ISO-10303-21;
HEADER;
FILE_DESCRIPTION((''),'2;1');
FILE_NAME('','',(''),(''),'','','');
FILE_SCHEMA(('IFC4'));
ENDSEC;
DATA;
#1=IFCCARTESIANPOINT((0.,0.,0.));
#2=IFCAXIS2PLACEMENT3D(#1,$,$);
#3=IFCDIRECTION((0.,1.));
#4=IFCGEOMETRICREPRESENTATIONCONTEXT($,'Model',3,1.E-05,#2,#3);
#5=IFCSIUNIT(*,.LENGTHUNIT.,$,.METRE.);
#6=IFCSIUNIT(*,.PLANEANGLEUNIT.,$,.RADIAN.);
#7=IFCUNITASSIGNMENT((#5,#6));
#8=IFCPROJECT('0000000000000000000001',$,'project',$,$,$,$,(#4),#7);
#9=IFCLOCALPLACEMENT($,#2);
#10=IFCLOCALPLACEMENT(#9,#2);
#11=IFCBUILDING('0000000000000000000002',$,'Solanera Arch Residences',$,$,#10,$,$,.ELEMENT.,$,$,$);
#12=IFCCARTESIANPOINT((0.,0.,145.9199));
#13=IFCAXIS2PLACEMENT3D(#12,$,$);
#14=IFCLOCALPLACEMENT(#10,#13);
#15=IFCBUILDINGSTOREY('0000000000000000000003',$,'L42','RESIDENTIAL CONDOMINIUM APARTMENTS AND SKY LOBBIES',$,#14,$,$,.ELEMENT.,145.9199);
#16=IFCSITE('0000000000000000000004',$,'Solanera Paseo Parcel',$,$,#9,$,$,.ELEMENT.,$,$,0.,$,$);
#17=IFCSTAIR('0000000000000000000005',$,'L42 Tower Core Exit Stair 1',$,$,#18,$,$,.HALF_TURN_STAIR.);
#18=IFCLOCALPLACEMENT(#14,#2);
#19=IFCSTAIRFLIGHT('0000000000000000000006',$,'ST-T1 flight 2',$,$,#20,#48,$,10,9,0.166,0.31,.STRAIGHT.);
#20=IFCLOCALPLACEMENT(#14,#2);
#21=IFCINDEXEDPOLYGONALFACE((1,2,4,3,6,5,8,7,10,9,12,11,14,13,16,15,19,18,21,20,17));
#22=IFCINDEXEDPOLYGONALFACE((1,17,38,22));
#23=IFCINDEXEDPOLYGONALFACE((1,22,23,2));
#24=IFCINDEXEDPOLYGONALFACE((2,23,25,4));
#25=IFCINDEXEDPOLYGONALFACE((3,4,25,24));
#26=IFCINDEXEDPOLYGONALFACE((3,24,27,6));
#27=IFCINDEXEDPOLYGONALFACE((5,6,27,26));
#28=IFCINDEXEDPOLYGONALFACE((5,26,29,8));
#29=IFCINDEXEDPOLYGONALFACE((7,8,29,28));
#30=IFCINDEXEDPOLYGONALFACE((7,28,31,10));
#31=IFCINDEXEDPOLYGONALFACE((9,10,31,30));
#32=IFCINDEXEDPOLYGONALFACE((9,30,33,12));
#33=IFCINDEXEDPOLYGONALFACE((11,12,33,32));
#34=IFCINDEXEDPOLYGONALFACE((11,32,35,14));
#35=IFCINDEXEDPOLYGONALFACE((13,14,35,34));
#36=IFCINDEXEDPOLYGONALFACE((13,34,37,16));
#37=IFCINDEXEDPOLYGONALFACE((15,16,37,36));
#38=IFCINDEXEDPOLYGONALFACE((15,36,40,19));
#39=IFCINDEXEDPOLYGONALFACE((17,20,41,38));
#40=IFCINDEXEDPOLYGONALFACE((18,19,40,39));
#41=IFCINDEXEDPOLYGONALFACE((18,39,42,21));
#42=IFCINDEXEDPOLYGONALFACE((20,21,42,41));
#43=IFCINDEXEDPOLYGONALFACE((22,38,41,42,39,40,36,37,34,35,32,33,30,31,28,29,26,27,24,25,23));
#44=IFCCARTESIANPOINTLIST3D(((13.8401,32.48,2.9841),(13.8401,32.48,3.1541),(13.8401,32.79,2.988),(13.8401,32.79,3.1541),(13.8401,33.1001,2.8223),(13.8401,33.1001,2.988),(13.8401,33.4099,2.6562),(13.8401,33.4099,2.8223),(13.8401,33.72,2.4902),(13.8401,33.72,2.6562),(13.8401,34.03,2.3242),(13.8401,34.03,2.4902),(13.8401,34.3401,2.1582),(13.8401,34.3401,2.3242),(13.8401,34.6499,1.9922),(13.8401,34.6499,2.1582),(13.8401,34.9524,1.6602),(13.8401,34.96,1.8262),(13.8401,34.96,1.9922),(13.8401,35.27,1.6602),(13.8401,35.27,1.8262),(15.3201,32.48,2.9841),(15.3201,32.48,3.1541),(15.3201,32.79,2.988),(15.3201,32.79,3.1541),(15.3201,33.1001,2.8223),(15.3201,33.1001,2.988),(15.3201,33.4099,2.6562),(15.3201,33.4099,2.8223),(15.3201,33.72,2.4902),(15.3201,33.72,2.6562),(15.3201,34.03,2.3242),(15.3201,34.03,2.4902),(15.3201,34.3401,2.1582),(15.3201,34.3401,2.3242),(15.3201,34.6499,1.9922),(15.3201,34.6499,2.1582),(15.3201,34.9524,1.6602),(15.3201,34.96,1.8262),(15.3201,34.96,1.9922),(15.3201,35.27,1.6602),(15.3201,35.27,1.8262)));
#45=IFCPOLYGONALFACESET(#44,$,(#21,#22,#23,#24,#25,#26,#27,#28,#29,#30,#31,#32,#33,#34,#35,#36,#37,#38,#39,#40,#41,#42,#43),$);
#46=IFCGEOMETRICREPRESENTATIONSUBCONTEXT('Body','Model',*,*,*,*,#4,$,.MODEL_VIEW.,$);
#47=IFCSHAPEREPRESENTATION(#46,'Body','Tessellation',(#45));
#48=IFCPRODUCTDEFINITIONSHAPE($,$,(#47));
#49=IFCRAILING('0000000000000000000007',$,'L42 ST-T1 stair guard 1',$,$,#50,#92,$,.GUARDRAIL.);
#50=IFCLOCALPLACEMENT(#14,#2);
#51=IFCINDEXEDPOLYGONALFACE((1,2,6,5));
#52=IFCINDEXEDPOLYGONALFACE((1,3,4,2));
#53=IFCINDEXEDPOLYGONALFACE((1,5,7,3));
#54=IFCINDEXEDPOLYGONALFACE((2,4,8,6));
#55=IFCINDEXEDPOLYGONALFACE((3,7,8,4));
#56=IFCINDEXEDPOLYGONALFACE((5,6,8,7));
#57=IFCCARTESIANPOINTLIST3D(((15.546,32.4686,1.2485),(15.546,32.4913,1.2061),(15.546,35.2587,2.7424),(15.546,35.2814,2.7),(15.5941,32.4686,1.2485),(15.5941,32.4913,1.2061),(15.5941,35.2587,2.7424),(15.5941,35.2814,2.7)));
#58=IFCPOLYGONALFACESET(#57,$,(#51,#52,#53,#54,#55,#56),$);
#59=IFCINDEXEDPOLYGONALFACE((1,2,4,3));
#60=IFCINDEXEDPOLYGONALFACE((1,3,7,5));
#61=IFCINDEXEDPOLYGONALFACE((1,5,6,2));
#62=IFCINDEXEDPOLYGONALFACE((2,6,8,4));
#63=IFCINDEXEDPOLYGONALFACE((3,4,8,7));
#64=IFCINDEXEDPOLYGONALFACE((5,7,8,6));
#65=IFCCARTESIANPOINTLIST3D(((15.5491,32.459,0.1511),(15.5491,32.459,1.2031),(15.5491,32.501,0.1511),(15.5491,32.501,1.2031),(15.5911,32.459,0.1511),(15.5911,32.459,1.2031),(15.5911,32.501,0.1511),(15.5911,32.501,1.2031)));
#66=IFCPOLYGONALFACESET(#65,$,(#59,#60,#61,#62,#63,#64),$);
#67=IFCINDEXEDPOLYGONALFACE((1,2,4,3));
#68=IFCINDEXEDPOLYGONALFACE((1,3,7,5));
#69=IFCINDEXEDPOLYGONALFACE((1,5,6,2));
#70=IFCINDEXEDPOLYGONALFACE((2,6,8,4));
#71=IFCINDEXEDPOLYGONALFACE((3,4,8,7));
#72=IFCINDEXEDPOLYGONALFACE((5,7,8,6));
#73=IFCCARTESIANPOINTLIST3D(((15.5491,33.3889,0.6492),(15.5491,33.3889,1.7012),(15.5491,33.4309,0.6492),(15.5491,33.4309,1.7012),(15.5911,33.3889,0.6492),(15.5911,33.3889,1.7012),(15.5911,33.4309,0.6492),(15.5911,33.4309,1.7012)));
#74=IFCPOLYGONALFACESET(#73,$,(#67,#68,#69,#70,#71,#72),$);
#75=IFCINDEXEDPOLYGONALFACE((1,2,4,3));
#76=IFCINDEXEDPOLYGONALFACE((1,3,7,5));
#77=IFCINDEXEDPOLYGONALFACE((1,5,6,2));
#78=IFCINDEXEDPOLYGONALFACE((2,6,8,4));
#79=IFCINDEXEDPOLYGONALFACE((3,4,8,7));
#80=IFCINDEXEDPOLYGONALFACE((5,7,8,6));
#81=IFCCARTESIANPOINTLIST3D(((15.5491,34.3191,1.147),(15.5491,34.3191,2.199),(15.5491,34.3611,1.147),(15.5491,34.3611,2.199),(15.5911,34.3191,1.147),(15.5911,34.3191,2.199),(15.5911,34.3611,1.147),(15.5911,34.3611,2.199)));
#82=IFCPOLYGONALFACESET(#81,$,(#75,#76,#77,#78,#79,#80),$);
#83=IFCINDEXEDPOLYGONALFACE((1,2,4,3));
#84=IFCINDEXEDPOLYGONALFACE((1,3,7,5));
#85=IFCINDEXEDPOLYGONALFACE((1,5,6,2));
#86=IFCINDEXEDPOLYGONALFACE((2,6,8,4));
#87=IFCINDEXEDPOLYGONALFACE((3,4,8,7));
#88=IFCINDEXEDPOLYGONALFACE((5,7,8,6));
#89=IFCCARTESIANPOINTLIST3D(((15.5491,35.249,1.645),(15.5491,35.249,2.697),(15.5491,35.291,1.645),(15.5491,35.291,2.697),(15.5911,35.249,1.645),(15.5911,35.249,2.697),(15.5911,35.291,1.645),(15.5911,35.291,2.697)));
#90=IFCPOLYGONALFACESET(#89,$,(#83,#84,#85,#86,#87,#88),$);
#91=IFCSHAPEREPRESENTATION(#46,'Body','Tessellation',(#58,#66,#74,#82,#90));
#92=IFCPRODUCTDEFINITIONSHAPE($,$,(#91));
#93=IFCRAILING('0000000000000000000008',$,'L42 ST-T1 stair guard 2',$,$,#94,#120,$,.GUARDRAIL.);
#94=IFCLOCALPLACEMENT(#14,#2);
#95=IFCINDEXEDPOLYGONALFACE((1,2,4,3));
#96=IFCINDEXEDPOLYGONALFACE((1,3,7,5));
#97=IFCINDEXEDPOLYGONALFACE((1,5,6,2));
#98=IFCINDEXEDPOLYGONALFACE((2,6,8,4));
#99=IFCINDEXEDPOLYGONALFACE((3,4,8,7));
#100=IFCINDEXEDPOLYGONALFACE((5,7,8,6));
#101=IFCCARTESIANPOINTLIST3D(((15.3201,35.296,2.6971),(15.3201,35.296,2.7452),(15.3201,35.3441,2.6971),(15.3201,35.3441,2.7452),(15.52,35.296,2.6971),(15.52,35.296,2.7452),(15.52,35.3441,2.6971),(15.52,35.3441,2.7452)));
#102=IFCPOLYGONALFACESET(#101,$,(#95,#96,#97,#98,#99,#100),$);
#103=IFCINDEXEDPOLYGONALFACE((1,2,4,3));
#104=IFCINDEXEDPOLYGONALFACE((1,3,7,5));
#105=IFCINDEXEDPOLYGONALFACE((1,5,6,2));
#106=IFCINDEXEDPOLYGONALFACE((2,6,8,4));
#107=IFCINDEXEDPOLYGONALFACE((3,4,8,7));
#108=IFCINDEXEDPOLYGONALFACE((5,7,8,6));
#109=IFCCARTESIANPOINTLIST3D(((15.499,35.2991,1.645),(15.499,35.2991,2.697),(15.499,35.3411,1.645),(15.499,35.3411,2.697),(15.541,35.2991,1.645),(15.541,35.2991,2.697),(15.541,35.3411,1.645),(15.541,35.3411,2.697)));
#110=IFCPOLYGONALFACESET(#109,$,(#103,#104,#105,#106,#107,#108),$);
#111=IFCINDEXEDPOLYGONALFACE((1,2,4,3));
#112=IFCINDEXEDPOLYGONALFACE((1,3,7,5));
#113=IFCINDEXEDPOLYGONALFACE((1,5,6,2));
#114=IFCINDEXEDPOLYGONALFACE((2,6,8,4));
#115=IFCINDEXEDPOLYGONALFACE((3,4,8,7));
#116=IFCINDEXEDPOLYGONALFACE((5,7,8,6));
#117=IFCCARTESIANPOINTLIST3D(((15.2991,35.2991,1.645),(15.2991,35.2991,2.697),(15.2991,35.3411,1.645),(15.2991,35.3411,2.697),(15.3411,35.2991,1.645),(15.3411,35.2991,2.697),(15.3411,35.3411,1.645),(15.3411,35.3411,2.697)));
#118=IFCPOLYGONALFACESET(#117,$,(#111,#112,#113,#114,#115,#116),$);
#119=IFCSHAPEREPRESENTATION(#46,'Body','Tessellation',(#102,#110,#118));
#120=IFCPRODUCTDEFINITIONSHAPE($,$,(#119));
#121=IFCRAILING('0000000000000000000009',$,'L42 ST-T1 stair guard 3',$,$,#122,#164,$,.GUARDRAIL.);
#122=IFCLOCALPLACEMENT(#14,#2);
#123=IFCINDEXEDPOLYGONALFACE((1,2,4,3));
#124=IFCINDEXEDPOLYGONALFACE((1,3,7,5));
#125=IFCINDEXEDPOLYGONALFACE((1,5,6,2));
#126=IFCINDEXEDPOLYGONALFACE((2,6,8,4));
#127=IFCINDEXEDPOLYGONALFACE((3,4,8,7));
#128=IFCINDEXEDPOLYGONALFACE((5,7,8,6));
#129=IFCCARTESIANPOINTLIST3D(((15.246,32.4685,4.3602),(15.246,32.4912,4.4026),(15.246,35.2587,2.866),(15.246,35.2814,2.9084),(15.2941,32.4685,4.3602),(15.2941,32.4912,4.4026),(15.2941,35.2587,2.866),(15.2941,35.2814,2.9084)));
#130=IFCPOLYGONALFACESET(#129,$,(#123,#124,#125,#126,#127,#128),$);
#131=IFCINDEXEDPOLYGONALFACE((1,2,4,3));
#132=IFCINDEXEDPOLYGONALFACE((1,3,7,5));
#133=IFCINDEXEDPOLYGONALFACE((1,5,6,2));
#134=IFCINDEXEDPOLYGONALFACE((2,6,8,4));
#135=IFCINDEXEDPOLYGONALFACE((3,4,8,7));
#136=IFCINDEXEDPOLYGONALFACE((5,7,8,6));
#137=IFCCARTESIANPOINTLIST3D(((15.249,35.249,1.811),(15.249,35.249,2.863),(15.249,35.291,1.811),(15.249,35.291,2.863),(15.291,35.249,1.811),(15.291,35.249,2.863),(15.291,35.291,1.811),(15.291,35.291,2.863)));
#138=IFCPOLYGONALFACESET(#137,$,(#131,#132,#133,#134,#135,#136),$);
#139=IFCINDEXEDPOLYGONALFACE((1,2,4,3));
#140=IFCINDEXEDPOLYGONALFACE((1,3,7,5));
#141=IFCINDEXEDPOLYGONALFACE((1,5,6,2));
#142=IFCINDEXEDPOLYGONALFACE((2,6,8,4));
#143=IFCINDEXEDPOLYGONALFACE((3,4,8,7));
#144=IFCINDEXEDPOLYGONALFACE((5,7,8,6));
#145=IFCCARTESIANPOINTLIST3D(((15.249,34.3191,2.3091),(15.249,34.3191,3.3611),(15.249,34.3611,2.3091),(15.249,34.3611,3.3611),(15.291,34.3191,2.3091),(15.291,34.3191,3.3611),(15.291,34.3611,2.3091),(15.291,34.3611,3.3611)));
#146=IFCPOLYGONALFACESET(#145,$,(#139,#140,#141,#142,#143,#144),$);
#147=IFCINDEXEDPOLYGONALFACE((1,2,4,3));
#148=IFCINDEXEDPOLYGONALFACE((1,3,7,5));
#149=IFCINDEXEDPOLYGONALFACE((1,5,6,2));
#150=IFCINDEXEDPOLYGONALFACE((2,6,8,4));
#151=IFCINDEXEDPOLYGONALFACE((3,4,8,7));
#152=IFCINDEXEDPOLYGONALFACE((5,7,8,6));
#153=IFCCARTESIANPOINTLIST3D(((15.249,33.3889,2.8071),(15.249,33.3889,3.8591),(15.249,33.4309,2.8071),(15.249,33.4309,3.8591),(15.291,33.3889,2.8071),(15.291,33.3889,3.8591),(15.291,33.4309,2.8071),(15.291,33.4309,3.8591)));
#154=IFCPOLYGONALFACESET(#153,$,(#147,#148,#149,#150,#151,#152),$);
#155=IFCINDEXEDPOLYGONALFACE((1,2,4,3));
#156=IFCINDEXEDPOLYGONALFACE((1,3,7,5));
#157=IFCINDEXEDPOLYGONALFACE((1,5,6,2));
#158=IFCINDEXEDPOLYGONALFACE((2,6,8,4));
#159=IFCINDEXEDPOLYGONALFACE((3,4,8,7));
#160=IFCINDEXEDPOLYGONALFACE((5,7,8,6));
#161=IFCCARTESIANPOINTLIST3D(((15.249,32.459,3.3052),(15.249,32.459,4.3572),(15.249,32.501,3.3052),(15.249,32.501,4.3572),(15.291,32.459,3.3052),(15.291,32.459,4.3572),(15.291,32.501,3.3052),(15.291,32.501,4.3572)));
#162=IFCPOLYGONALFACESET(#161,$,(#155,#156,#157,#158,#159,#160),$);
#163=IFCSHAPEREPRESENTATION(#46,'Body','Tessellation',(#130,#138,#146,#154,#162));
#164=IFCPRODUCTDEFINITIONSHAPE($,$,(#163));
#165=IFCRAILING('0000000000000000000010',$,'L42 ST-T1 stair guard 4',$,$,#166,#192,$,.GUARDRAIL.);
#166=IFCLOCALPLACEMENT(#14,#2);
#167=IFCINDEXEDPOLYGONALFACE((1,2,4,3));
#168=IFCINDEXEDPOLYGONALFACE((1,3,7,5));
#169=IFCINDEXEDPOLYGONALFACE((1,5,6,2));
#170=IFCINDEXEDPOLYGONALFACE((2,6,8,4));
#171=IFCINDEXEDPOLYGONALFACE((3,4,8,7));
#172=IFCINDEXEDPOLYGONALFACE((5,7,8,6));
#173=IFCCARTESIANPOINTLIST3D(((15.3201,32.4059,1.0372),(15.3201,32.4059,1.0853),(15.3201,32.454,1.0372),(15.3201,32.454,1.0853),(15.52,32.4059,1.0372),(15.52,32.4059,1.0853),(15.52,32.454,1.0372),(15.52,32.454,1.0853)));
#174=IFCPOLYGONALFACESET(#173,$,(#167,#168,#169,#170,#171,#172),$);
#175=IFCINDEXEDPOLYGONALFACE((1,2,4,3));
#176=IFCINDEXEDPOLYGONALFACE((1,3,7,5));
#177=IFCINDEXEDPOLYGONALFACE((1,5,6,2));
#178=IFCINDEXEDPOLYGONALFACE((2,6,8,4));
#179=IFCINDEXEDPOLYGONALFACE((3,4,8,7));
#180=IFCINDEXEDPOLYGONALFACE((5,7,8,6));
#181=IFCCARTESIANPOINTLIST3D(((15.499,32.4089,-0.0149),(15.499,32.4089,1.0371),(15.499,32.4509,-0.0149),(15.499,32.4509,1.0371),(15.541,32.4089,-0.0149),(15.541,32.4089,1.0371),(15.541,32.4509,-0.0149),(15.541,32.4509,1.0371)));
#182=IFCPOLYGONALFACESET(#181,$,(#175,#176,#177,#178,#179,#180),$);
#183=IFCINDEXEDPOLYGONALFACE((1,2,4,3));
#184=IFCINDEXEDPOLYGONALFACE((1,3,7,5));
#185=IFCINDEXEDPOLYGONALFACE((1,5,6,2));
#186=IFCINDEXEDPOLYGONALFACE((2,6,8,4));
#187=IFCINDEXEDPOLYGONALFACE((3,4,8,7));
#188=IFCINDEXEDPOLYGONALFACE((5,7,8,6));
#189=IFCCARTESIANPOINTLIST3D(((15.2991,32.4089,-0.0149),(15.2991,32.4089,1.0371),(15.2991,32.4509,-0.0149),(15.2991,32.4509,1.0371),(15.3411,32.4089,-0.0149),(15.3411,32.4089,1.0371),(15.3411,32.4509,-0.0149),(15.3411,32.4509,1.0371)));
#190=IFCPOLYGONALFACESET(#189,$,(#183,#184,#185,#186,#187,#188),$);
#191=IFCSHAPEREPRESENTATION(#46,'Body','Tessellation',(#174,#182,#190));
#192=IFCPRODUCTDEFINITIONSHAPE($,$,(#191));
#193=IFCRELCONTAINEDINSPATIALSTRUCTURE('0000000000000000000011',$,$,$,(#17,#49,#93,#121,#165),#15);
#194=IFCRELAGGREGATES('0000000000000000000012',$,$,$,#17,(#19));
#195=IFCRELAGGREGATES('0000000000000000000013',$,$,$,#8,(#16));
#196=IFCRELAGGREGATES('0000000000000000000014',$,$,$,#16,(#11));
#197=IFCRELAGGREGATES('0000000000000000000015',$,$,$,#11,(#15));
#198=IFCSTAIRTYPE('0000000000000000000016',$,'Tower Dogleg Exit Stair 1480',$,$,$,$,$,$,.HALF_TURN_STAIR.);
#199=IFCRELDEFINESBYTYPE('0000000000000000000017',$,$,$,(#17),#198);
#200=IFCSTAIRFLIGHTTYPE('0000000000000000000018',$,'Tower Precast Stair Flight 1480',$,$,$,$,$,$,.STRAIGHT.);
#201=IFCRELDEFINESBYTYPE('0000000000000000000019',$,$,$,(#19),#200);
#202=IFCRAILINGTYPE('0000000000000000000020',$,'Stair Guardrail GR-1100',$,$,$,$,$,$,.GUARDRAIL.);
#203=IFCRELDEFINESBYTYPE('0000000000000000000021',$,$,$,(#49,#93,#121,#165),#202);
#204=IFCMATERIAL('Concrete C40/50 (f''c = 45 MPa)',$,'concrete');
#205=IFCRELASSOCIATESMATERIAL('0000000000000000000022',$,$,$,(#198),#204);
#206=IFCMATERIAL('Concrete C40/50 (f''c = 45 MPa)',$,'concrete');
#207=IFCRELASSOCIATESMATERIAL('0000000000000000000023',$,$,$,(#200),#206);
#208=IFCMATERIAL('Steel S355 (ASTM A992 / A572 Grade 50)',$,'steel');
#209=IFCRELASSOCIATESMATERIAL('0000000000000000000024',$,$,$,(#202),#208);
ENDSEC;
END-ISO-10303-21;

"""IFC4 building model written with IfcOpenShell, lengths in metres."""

from ifc_helpers import new_model, si_unit, direction, frame, origin, origin_2d, place, context, subcontext, project, spatial, polyline, rectangle, outline, extrude, material, type_object, element, aggregate, save


model = new_model("IFC4")

# Units and contexts
model_context = context("Model", 3, precision=1e-05, world=origin(), true_north=direction((0.0, 1.0)))
body_context = subcontext(model_context, "Body", "Model", "MODEL_VIEW")
ifc_project = project(units=[si_unit("LENGTHUNIT", "METRE"), si_unit("PLANEANGLEUNIT", "RADIAN")], contexts=[model_context])

# Site, building, storey
site_placement = place(None, origin())
site = spatial("IfcSite", under=ifc_project, at=site_placement, Name="Solanera Paseo Parcel", CompositionType="ELEMENT", RefElevation=0.0)
building_placement = place(site_placement, origin())
building = spatial("IfcBuilding", under=site, at=building_placement, Name="Solanera Arch Residences", CompositionType="ELEMENT")
storey_placement = place(building_placement, frame((0.0, 0.0, 145.9199)))
storey = spatial("IfcBuildingStorey", under=building, at=storey_placement, Name="L42", Description="RESIDENTIAL CONDOMINIUM APARTMENTS AND SKY LOBBIES", CompositionType="ELEMENT", Elevation=145.9199)

# Stair, stair flight
ifc_material_1 = material(Name="Concrete C40/50 (f'c = 45 MPa)", Category="concrete")
stair_type = type_object("IfcStairType", Name="Tower Dogleg Exit Stair 1480", PredefinedType="HALF_TURN_STAIR", material=ifc_material_1)
stair_placement = place(storey_placement, origin())
stair = element("IfcStair", 1, at=stair_placement, inside=storey, type_object=stair_type, Name="L42 Tower Core Exit Stair 1", PredefinedType="HALF_TURN_STAIR")
ifc_material_2 = material(Name="Concrete C40/50 (f'c = 45 MPa)", Category="concrete")
stair_flight_type = type_object("IfcStairFlightType", Name="Tower Precast Stair Flight 1480", PredefinedType="STRAIGHT", material=ifc_material_2)
stair_flight_1_placement = place(storey_placement, frame((14.5801, 35.27, 1.6602), z_axis=(0.0, 0.0, 1.0), x_axis=(0.0, -1.0, 0.0)))
stair_flight_1 = element("IfcStairFlight", 2, at=stair_flight_1_placement, type_object=stair_flight_type, Name="ST-T1 flight 2", NumberOfRisers=10, NumberOfTreads=9, PredefinedType="STRAIGHT", RiserHeight=0.166, TreadLength=0.31, context=body_context, shape_type="SweptSolid", body=[
    extrude(outline(polyline([(0.0, 0.0), (0.0, 0.166), (0.3101, 0.166), (0.3101, 0.332), (0.6201, 0.332), (0.6201, 0.498), (0.9299, 0.498), (0.9299, 0.6641), (1.24, 0.6641), (1.24, 0.8301), (1.55, 0.8301), (1.55, 0.9961), (1.8601, 0.9961), (1.8601, 1.1621), (2.1699, 1.1621), (2.1699, 1.3279), (2.48, 1.3279), (2.48, 1.4939), (2.79, 1.4939), (2.79, 1.6599), (2.79, 1.324), (0.3176, 0.0), (0.0, 0.0)])), frame((0.0, 0.74, 0.0), z_axis=(0.0, -1.0, 0.0), x_axis=(1.0, 0.0, 0.0)), (0.0, 0.0, 1.0), 1.48),
])
aggregate(stair, [stair_flight_1])

# Railings
ifc_material_3 = material(Name="Steel S355 (ASTM A992 / A572 Grade 50)", Category="steel")
railing_type_1 = type_object("IfcRailingType", Name="Stair Guardrail GR-1100", PredefinedType="GUARDRAIL", material=ifc_material_3)
railing_1_placement = place(storey_placement, frame((15.5701, 32.48, 0.1511)))
element("IfcRailing", 3, at=railing_1_placement, inside=storey, type_object=railing_type_1, Name="L42 ST-T1 stair guard 1", PredefinedType="GUARDRAIL", context=body_context, shape_type="SweptSolid", body=[
    extrude(rectangle(XDim=0.0481, YDim=0.0481, at=origin_2d()), frame((0.0, 0.0, 1.0762), z_axis=(0.0, 0.881581, 0.472033), x_axis=(-1.0, 0.0, 0.0)), (0.0, 0.0, 1.0), 3.1648),
    extrude(rectangle(XDim=0.042, YDim=0.042, at=origin_2d()), origin(), (0.0, 0.0, 1.0), 1.052),
    extrude(rectangle(XDim=0.042, YDim=0.042, at=origin_2d()), frame((0.0, 0.9299, 0.498)), (0.0, 0.0, 1.0), 1.052),
    extrude(rectangle(XDim=0.042, YDim=0.042, at=origin_2d()), frame((0.0, 1.8601, 0.9958)), (0.0, 0.0, 1.0), 1.052),
    extrude(rectangle(XDim=0.042, YDim=0.042, at=origin_2d()), frame((0.0, 2.79, 1.4939)), (0.0, 0.0, 1.0), 1.052),
])
railing_2_placement = place(storey_placement, frame((15.52, 35.3201, 1.645)))
element("IfcRailing", 4, at=railing_2_placement, inside=storey, type_object=railing_type_1, Name="L42 ST-T1 stair guard 2", PredefinedType="GUARDRAIL", context=body_context, shape_type="SweptSolid", body=[
    extrude(rectangle(XDim=0.0481, YDim=0.0481, at=origin_2d()), frame((0.0, 0.0, 1.0762), z_axis=(-1.0, 0.0, 0.0), x_axis=(0.0, -1.0, 0.0)), (0.0, 0.0, 1.0), 0.2),
    extrude(rectangle(XDim=0.042, YDim=0.042, at=origin_2d()), origin(), (0.0, 0.0, 1.0), 1.052),
    extrude(rectangle(XDim=0.042, YDim=0.042, at=origin_2d()), frame((-0.2, 0.0, 0.0)), (0.0, 0.0, 1.0), 1.052),
])
railing_3_placement = place(storey_placement, frame((15.27, 35.27, 1.811)))
element("IfcRailing", 5, at=railing_3_placement, inside=storey, type_object=railing_type_1, Name="L42 ST-T1 stair guard 3", PredefinedType="GUARDRAIL", context=body_context, shape_type="SweptSolid", body=[
    extrude(rectangle(XDim=0.0481, YDim=0.0481, at=origin_2d()), frame((0.0, 0.0, 1.0762), z_axis=(0.0, -0.881549, 0.472093), x_axis=(1.0, 0.0, 0.0)), (0.0, 0.0, 1.0), 3.165),
    extrude(rectangle(XDim=0.042, YDim=0.042, at=origin_2d()), origin(), (0.0, 0.0, 1.0), 1.052),
    extrude(rectangle(XDim=0.042, YDim=0.042, at=origin_2d()), frame((0.0, -0.9299, 0.498)), (0.0, 0.0, 1.0), 1.052),
    extrude(rectangle(XDim=0.042, YDim=0.042, at=origin_2d()), frame((0.0, -1.8601, 0.9961)), (0.0, 0.0, 1.0), 1.052),
    extrude(rectangle(XDim=0.042, YDim=0.042, at=origin_2d()), frame((0.0, -2.79, 1.4941)), (0.0, 0.0, 1.0), 1.052),
])
railing_4_placement = place(storey_placement, frame((15.52, 32.4299, -0.0149)))
element("IfcRailing", 6, at=railing_4_placement, inside=storey, type_object=railing_type_1, Name="L42 ST-T1 stair guard 4", PredefinedType="GUARDRAIL", context=body_context, shape_type="SweptSolid", body=[
    extrude(rectangle(XDim=0.0481, YDim=0.0481, at=origin_2d()), frame((0.0, 0.0, 1.0762), z_axis=(-1.0, 0.0, 0.0), x_axis=(0.0, -1.0, 0.0)), (0.0, 0.0, 1.0), 0.2),
    extrude(rectangle(XDim=0.042, YDim=0.042, at=origin_2d()), origin(), (0.0, 0.0, 1.0), 1.052),
    extrude(rectangle(XDim=0.042, YDim=0.042, at=origin_2d()), frame((-0.2, 0.0, 0.0)), (0.0, 0.0, 1.0), 1.052),
])

save(model, "model.ifc")
